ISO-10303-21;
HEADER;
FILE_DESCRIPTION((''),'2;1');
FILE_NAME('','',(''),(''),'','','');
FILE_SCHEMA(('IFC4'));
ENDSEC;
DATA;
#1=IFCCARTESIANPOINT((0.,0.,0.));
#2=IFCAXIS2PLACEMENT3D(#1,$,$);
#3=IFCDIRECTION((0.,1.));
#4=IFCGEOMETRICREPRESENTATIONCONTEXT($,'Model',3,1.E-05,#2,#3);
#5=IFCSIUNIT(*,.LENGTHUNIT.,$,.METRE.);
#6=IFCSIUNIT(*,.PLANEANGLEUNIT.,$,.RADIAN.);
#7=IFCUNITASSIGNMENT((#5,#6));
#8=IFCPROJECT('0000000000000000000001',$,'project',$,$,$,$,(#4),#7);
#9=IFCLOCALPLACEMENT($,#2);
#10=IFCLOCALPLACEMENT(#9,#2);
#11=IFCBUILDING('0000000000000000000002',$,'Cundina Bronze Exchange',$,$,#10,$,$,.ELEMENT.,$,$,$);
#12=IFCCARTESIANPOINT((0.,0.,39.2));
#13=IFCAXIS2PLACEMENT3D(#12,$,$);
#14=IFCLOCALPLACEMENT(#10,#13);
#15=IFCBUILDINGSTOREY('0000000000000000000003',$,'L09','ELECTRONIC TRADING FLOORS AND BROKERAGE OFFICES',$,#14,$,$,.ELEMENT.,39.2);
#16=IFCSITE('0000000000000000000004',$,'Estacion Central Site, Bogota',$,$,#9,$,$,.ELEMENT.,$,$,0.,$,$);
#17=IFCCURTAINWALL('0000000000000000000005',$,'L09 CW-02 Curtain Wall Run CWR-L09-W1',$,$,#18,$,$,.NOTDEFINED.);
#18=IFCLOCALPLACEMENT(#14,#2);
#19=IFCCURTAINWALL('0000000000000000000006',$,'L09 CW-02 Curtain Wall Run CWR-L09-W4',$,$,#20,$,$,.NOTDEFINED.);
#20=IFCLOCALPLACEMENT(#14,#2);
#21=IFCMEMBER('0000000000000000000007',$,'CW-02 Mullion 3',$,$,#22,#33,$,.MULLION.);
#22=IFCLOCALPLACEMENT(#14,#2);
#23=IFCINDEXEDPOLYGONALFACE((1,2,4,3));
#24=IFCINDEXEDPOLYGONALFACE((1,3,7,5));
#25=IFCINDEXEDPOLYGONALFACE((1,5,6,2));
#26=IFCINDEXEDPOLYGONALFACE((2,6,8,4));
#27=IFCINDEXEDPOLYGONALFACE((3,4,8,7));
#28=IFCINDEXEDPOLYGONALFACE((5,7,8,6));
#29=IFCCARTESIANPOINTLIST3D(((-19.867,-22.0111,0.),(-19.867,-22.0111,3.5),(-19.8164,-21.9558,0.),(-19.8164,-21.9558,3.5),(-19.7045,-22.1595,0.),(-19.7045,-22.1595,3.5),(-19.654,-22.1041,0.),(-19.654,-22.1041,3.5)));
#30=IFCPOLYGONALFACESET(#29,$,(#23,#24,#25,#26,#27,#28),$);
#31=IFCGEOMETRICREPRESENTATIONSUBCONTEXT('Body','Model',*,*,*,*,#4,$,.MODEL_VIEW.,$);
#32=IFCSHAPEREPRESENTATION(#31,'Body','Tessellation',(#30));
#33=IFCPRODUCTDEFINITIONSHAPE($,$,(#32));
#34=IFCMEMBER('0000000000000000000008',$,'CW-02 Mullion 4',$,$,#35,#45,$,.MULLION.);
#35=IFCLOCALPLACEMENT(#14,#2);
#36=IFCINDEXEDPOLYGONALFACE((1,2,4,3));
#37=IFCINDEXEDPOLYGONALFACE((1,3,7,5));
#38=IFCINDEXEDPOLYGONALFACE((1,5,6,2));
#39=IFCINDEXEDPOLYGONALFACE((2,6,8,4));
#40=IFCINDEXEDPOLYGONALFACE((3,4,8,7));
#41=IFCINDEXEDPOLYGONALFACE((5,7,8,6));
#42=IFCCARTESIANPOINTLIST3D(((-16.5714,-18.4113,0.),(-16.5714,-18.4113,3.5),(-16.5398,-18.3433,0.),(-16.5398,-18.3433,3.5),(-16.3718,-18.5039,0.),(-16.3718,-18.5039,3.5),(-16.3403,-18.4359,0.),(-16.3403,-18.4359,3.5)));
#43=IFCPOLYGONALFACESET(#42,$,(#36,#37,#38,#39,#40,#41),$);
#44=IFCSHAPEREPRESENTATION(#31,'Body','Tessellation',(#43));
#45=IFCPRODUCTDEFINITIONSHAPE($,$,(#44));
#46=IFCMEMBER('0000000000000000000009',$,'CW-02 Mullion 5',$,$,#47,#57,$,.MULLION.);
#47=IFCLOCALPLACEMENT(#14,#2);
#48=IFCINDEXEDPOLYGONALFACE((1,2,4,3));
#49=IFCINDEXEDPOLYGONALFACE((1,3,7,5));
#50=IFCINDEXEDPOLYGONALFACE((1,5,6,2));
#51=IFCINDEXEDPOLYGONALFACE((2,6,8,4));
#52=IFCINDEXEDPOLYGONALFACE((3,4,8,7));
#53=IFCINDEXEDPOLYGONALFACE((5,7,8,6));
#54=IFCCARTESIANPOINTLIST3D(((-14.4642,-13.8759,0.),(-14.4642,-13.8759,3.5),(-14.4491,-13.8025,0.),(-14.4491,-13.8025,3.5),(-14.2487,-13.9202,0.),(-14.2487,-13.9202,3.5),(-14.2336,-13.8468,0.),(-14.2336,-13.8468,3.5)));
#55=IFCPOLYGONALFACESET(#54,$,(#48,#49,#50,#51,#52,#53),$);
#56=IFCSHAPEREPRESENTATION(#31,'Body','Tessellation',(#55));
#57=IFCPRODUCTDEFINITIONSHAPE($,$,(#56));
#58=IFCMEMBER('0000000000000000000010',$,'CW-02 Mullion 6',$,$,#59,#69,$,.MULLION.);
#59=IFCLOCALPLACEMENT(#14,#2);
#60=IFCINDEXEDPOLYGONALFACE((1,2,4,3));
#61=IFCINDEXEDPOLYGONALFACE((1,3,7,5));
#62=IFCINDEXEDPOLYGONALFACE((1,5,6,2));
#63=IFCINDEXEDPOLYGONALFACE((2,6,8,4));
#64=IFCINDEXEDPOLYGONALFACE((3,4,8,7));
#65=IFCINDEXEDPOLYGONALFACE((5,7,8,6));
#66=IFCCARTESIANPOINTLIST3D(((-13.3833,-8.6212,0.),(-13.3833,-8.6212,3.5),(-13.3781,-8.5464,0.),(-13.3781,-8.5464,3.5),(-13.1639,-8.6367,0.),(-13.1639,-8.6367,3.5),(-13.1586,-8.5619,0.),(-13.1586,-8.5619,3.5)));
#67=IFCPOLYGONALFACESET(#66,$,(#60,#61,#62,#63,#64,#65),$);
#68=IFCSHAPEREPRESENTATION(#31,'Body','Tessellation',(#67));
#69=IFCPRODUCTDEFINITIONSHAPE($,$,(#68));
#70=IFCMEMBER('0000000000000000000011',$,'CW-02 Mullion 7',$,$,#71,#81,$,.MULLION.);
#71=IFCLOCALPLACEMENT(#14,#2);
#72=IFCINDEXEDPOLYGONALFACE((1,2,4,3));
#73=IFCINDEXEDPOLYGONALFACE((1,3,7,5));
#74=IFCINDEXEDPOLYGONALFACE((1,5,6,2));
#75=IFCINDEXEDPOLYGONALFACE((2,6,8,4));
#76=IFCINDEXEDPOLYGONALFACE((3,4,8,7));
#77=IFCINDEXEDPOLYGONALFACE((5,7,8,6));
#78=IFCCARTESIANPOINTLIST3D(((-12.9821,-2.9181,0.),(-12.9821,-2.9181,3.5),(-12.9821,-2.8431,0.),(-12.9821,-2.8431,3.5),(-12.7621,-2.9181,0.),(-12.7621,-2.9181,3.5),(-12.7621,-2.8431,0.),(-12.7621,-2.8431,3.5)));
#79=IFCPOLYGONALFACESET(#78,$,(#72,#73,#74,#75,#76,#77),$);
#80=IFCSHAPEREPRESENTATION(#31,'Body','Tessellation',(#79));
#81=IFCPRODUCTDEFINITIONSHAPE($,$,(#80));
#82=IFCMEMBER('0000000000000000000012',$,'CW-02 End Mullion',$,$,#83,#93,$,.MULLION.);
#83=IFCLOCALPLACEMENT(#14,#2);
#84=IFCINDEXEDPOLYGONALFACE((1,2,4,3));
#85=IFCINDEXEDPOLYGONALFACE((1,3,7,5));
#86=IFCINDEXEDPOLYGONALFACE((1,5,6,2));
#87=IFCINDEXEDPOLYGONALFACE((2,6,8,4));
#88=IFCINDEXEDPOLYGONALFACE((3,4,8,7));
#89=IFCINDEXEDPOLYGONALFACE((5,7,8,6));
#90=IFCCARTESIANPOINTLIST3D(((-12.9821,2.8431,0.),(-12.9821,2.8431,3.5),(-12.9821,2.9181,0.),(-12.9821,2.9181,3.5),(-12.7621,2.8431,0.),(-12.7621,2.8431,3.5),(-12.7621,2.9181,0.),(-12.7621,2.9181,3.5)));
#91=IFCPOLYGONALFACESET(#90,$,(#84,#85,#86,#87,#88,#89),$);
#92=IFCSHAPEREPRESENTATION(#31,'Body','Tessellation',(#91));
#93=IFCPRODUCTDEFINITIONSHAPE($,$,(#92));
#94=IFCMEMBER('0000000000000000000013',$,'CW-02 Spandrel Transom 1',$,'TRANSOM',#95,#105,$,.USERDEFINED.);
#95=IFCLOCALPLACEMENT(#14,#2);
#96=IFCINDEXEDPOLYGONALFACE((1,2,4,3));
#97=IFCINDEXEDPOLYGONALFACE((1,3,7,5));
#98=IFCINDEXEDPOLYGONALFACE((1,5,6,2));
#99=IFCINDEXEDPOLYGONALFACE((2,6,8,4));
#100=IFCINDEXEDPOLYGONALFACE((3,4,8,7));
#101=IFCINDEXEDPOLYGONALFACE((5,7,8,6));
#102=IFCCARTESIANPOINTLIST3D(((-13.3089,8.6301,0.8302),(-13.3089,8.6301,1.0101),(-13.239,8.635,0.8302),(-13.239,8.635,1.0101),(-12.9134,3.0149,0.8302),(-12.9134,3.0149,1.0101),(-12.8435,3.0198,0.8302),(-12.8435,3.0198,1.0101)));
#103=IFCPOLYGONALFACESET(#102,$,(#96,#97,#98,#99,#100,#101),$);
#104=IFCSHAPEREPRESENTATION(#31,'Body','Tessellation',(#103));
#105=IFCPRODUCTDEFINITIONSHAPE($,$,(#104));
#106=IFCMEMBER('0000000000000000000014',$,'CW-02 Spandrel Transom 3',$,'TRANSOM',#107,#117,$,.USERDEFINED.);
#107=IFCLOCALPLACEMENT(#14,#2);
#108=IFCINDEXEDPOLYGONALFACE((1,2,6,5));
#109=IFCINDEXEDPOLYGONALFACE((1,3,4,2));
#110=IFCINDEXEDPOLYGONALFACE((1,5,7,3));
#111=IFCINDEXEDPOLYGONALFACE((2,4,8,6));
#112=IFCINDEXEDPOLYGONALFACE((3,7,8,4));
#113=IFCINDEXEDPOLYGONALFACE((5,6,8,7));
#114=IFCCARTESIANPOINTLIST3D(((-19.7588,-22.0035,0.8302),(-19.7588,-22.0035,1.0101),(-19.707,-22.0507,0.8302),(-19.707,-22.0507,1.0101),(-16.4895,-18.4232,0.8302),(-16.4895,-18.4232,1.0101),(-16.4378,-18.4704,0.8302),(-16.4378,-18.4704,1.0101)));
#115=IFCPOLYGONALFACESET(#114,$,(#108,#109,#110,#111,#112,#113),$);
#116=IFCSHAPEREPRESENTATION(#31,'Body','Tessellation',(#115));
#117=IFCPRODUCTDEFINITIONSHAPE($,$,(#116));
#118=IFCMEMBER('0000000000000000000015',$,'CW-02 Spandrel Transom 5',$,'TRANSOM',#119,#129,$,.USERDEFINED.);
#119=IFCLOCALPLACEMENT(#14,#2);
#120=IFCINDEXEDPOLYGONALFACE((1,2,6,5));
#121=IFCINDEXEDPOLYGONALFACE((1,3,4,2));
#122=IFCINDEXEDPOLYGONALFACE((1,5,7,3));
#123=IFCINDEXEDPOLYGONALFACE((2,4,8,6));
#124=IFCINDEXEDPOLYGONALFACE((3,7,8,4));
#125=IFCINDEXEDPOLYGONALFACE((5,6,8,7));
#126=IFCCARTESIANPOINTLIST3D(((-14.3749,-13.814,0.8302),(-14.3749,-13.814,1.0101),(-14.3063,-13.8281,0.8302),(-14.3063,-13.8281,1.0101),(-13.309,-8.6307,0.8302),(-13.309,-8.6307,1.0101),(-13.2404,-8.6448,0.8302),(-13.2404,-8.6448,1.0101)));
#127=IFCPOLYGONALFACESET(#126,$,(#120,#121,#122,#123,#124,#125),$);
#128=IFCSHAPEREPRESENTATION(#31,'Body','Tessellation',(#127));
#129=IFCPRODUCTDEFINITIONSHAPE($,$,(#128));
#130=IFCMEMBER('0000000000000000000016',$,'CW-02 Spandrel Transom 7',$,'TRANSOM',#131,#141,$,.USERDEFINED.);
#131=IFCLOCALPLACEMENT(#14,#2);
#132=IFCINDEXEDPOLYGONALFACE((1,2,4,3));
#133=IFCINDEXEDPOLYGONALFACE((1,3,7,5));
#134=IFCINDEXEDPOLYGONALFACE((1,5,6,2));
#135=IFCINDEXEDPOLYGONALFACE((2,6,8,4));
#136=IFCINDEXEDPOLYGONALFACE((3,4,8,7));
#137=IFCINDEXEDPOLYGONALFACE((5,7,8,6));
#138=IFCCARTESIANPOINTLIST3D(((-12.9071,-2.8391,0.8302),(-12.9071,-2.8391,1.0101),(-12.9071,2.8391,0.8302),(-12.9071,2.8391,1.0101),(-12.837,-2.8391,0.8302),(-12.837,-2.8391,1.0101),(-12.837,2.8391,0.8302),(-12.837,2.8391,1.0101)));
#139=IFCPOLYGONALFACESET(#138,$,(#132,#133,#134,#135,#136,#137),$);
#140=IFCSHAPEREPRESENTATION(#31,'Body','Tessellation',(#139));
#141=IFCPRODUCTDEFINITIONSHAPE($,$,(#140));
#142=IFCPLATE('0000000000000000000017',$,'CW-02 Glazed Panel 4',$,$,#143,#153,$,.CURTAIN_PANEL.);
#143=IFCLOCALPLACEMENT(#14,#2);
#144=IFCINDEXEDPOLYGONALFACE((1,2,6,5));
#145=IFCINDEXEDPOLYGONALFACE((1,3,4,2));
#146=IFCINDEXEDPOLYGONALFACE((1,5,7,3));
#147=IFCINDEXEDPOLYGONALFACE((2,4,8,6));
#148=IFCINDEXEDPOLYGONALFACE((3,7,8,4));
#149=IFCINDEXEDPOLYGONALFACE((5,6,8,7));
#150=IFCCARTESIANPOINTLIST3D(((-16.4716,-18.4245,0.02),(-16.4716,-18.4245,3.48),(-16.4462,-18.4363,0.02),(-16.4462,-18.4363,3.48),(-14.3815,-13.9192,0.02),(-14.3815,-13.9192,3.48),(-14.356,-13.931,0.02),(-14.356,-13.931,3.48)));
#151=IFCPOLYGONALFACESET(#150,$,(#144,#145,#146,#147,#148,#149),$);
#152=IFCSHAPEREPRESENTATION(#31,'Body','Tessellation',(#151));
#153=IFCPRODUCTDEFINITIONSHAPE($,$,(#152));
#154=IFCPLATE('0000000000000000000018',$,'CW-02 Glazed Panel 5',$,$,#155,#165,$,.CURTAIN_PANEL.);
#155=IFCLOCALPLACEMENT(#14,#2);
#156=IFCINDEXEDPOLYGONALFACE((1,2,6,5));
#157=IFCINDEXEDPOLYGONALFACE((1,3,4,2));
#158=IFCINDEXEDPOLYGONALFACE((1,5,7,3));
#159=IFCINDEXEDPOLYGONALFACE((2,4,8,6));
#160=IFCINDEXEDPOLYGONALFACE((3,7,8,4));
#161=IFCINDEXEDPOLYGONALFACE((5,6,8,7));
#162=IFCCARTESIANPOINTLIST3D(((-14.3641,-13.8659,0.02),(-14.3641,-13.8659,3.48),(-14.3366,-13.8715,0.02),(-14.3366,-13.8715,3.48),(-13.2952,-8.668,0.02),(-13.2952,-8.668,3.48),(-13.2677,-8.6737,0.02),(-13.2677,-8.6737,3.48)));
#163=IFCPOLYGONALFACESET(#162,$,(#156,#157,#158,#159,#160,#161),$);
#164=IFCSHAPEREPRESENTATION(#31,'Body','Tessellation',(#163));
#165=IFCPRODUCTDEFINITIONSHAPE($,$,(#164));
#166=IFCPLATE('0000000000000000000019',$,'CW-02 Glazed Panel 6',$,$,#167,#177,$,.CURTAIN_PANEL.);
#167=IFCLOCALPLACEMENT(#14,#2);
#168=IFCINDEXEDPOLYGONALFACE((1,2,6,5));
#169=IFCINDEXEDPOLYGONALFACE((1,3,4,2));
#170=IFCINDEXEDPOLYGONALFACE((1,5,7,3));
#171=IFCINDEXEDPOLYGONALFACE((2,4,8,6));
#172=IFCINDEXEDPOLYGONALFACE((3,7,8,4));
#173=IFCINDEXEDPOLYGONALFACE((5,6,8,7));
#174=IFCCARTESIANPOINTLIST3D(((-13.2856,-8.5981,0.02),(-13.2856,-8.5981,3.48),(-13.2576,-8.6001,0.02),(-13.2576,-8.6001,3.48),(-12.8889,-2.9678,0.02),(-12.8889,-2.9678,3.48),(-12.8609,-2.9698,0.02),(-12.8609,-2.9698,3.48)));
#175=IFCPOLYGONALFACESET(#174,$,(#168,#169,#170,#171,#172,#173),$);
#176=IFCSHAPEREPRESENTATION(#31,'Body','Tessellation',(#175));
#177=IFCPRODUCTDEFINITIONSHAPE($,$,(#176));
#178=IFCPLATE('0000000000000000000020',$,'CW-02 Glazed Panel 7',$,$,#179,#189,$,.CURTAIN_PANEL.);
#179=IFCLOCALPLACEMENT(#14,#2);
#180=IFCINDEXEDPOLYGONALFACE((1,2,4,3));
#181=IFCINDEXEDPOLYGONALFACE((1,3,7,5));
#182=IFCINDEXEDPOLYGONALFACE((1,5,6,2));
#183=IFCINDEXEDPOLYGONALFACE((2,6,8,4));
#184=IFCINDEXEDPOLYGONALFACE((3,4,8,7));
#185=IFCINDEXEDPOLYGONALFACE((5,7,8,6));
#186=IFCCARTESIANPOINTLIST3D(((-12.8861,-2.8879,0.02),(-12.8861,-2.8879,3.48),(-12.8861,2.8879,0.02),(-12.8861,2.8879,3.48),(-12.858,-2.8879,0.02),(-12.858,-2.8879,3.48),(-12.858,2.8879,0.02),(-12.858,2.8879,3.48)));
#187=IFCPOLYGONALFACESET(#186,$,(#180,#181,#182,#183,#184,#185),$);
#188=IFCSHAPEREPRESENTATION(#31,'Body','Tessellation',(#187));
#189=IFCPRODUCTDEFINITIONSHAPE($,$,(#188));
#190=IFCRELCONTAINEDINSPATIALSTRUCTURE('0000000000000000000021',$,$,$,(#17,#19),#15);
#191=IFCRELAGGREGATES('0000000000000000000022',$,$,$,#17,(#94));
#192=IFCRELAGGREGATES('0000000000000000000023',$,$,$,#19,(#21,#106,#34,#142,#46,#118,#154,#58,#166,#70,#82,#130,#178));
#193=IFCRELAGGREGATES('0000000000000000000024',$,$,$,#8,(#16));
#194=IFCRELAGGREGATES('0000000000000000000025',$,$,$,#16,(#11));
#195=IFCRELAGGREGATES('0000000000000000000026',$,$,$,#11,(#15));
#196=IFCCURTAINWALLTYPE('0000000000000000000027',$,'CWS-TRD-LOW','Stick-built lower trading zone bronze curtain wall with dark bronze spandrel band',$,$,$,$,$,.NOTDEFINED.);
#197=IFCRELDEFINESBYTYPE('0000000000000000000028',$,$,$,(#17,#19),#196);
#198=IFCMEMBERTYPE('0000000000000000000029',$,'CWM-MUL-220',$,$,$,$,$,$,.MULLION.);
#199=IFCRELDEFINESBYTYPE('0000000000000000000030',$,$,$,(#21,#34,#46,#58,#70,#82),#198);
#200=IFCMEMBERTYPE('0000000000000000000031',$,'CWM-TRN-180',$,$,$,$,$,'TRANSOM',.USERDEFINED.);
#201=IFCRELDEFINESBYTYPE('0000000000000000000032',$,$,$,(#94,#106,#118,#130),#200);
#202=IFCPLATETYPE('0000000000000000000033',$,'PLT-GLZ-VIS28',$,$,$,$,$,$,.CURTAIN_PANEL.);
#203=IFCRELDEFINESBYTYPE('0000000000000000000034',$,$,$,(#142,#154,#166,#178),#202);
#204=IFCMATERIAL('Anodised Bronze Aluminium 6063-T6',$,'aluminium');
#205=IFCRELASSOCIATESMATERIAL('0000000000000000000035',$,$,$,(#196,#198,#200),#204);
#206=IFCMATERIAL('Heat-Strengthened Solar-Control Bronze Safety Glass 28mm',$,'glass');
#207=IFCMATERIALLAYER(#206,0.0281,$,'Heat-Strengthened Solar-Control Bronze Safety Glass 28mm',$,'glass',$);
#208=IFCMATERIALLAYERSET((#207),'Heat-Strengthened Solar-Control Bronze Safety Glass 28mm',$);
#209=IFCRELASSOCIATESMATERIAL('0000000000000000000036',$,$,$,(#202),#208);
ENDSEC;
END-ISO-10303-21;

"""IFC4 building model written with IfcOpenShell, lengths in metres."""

from ifc_helpers import new_model, si_unit, direction, frame, origin, origin_2d, place, context, subcontext, project, spatial, rectangle, extrude, material, layer, layer_set, material_profile, profile_set, type_object, element, aggregate, save


model = new_model("IFC4")

# Units and contexts
model_context = context("Model", 3, precision=1e-05, world=origin(), true_north=direction((0.0, 1.0)))
body_context = subcontext(model_context, "Body", "Model", "MODEL_VIEW")
ifc_project = project(units=[si_unit("LENGTHUNIT", "METRE"), si_unit("PLANEANGLEUNIT", "RADIAN")], contexts=[model_context])

# Site, building, storey
site_placement = place(None, origin())
site = spatial("IfcSite", under=ifc_project, at=site_placement, Name="Estacion Central Site, Bogota", CompositionType="ELEMENT", RefElevation=0.0)
building_placement = place(site_placement, origin())
building = spatial("IfcBuilding", under=site, at=building_placement, Name="Cundina Bronze Exchange", CompositionType="ELEMENT")
storey_placement = place(building_placement, frame((0.0, 0.0, 39.2)))
storey = spatial("IfcBuildingStorey", under=building, at=storey_placement, Name="L09", Description="ELECTRONIC TRADING FLOORS AND BROKERAGE OFFICES", CompositionType="ELEMENT", Elevation=39.2)

# Curtain wall
ifc_material_1 = material(Name="Anodised Bronze Aluminium 6063-T6", Category="aluminium")
curtain_wall_type = type_object("IfcCurtainWallType", Name="CWS-TRD-LOW", Description="Stick-built lower trading zone bronze curtain wall with dark bronze spandrel band", PredefinedType="NOTDEFINED", material=ifc_material_1)
curtain_wall_1_placement = place(storey_placement, origin())
curtain_wall_1 = element("IfcCurtainWall", 1, at=curtain_wall_1_placement, inside=storey, type_object=curtain_wall_type, Name="L09 CW-02 Curtain Wall Run CWR-L09-W1", PredefinedType="NOTDEFINED")
ifc_material_profile_1 = material_profile(ifc_material_1, rectangle(XDim=0.075, YDim=0.22, at=origin_2d()), Name="AL75X220", Category="aluminium")
ifc_profile_set_1 = profile_set([ifc_material_profile_1], Name="Anodised Bronze Aluminium 6063-T6")
member_type_1 = type_object("IfcMemberType", Name="CWM-MUL-220", PredefinedType="MULLION", material=ifc_profile_set_1)

# Curtain wall, members
curtain_wall_2_placement = place(storey_placement, origin())
curtain_wall_2 = element("IfcCurtainWall", 2, at=curtain_wall_2_placement, inside=storey, type_object=curtain_wall_type, Name="L09 CW-02 Curtain Wall Run CWR-L09-W4", PredefinedType="NOTDEFINED")
member_1_placement = place(storey_placement, frame((-19.7605, -22.0576, 0.0), z_axis=(0.0, 0.0, 1.0), x_axis=(0.674302, 0.738455, 0.0)))
member_1 = element("IfcMember", 3, at=member_1_placement, type_object=member_type_1, Name="CW-02 Mullion 3", PredefinedType="MULLION", context=body_context, shape_type="SweptSolid", body=[
    extrude(rectangle(XDim=0.075, YDim=0.22, at=origin_2d()), origin(), (0.0, 0.0, 1.0), 3.5),
])
member_2_placement = place(storey_placement, frame((-16.4558, -18.4236, 0.0), z_axis=(0.0, 0.0, 1.0), x_axis=(0.420877, 0.907117, 0.0)))
member_2 = element("IfcMember", 4, at=member_2_placement, type_object=member_type_1, Name="CW-02 Mullion 4", PredefinedType="MULLION", context=body_context, shape_type="SweptSolid", body=[
    extrude(rectangle(XDim=0.075, YDim=0.22, at=origin_2d()), origin(), (0.0, 0.0, 1.0), 3.5),
])
member_3_placement = place(storey_placement, frame((-14.3489, -13.8613, 0.0), z_axis=(0.0, 0.0, 1.0), x_axis=(0.20142, 0.979505, 0.0)))
member_3 = element("IfcMember", 5, at=member_3_placement, type_object=member_type_1, Name="CW-02 Mullion 5", PredefinedType="MULLION", context=body_context, shape_type="SweptSolid", body=[
    extrude(rectangle(XDim=0.075, YDim=0.22, at=origin_2d()), origin(), (0.0, 0.0, 1.0), 3.5),
])
member_4_placement = place(storey_placement, frame((-13.271, -8.5916, 0.0), z_axis=(0.0, 0.0, 1.0), x_axis=(0.070279, 0.997527, 0.0)))
member_4 = element("IfcMember", 6, at=member_4_placement, type_object=member_type_1, Name="CW-02 Mullion 6", PredefinedType="MULLION", context=body_context, shape_type="SweptSolid", body=[
    extrude(rectangle(XDim=0.075, YDim=0.22, at=origin_2d()), origin(), (0.0, 0.0, 1.0), 3.5),
])
member_5_placement = place(storey_placement, frame((-12.8721, -2.8806, 0.0), z_axis=(0.0, 0.0, 1.0), x_axis=(0.0, 1.0, 0.0)))
member_5 = element("IfcMember", 7, at=member_5_placement, type_object=member_type_1, Name="CW-02 Mullion 7", PredefinedType="MULLION", context=body_context, shape_type="SweptSolid", body=[
    extrude(rectangle(XDim=0.075, YDim=0.22, at=origin_2d()), origin(), (0.0, 0.0, 1.0), 3.5),
])
member_6_placement = place(storey_placement, frame((-12.8721, 2.8806, 0.0), z_axis=(0.0, 0.0, 1.0), x_axis=(0.0, 1.0, 0.0)))
member_6 = element("IfcMember", 8, at=member_6_placement, type_object=member_type_1, Name="CW-02 End Mullion", PredefinedType="MULLION", context=body_context, shape_type="SweptSolid", body=[
    extrude(rectangle(XDim=0.075, YDim=0.22, at=origin_2d()), origin(), (0.0, 0.0, 1.0), 3.5),
])

# Members
ifc_material_profile_2 = material_profile(ifc_material_1, rectangle(XDim=0.0701, YDim=0.1799, at=origin_2d()), Name="AL70X180", Category="aluminium")
ifc_profile_set_2 = profile_set([ifc_material_profile_2], Name="Anodised Bronze Aluminium 6063-T6")
member_type_2 = type_object("IfcMemberType", Name="CWM-TRN-180", ElementType="TRANSOM", PredefinedType="USERDEFINED", material=ifc_profile_set_2)
member_7_placement = place(storey_placement, frame((-12.8784, 3.0173, 0.9202), z_axis=(-0.070261, 0.997529, 0.0), x_axis=(-0.997529, -0.070261, 0.0)))
member_7 = element("IfcMember", 9, at=member_7_placement, type_object=member_type_2, Name="CW-02 Spandrel Transom 1", ObjectType="TRANSOM", PredefinedType="USERDEFINED", context=body_context, shape_type="SweptSolid", body=[
    extrude(rectangle(XDim=0.0701, YDim=0.1799, at=origin_2d()), origin(), (0.0, 0.0, 1.0), 5.6292),
])
aggregate(curtain_wall_1, [member_7])
member_8_placement = place(storey_placement, frame((-19.7329, -22.0271, 0.9202), z_axis=(0.674303, 0.738455, 0.0), x_axis=(-0.738455, 0.674303, 0.0)))
member_8 = element("IfcMember", 10, at=member_8_placement, type_object=member_type_2, Name="CW-02 Spandrel Transom 3", ObjectType="TRANSOM", PredefinedType="USERDEFINED", context=body_context, shape_type="SweptSolid", body=[
    extrude(rectangle(XDim=0.0701, YDim=0.1799, at=origin_2d()), origin(), (0.0, 0.0, 1.0), 4.8484),
])
member_9_placement = place(storey_placement, frame((-14.3406, -13.821, 0.9202), z_axis=(0.201428, 0.979503, 0.0), x_axis=(-0.979503, 0.201428, 0.0)))
member_9 = element("IfcMember", 11, at=member_9_placement, type_object=member_type_2, Name="CW-02 Spandrel Transom 5", ObjectType="TRANSOM", PredefinedType="USERDEFINED", context=body_context, shape_type="SweptSolid", body=[
    extrude(rectangle(XDim=0.0701, YDim=0.1799, at=origin_2d()), origin(), (0.0, 0.0, 1.0), 5.2917),
])
member_10_placement = place(storey_placement, frame((-12.8721, -2.8391, 0.9202), z_axis=(0.0, 1.0, 0.0), x_axis=(-1.0, 0.0, 0.0)))
member_10 = element("IfcMember", 12, at=member_10_placement, type_object=member_type_2, Name="CW-02 Spandrel Transom 7", ObjectType="TRANSOM", PredefinedType="USERDEFINED", context=body_context, shape_type="SweptSolid", body=[
    extrude(rectangle(XDim=0.0701, YDim=0.1799, at=origin_2d()), origin(), (0.0, 0.0, 1.0), 5.6782),
])

# Plates
ifc_material_2 = material(Name="Heat-Strengthened Solar-Control Bronze Safety Glass 28mm", Category="glass")
ifc_layer_1 = layer(ifc_material_2, 0.0281, Name="Heat-Strengthened Solar-Control Bronze Safety Glass 28mm", Category="glass")
ifc_layer_set_1 = layer_set([ifc_layer_1], Name="Heat-Strengthened Solar-Control Bronze Safety Glass 28mm")
plate_type_1 = type_object("IfcPlateType", Name="PLT-GLZ-VIS28", PredefinedType="CURTAIN_PANEL", material=ifc_layer_set_1)
plate_1_placement = place(storey_placement, frame((-15.4138, -16.1777, 0.02), z_axis=(0.0, 0.0, 1.0), x_axis=(0.420846, 0.907132, 0.0)))
plate_1 = element("IfcPlate", 13, at=plate_1_placement, type_object=plate_type_1, Name="CW-02 Glazed Panel 4", PredefinedType="CURTAIN_PANEL", context=body_context, shape_type="SweptSolid", body=[
    extrude(rectangle(XDim=4.9666, YDim=0.0281, at=origin_2d()), origin(), (0.0, 0.0, 1.0), 3.46),
])
plate_2_placement = place(storey_placement, frame((-13.8159, -11.2698, 0.02), z_axis=(0.0, 0.0, 1.0), x_axis=(0.20142, 0.979505, 0.0)))
plate_2 = element("IfcPlate", 14, at=plate_2_placement, type_object=plate_type_1, Name="CW-02 Glazed Panel 5", PredefinedType="CURTAIN_PANEL", context=body_context, shape_type="SweptSolid", body=[
    extrude(rectangle(XDim=5.3066, YDim=0.0281, at=origin_2d()), origin(), (0.0, 0.0, 1.0), 3.46),
])
plate_3_placement = place(storey_placement, frame((-13.0732, -5.7839, 0.02), z_axis=(0.0, 0.0, 1.0), x_axis=(0.070279, 0.997527, 0.0)))
plate_3 = element("IfcPlate", 15, at=plate_3_placement, type_object=plate_type_1, Name="CW-02 Glazed Panel 6", PredefinedType="CURTAIN_PANEL", context=body_context, shape_type="SweptSolid", body=[
    extrude(rectangle(XDim=5.6443, YDim=0.0281, at=origin_2d()), origin(), (0.0, 0.0, 1.0), 3.46),
])
plate_4_placement = place(storey_placement, frame((-12.8721, 0.0, 0.02), z_axis=(0.0, 0.0, 1.0), x_axis=(0.0, 1.0, 0.0)))
plate_4 = element("IfcPlate", 16, at=plate_4_placement, type_object=plate_type_1, Name="CW-02 Glazed Panel 7", PredefinedType="CURTAIN_PANEL", context=body_context, shape_type="SweptSolid", body=[
    extrude(rectangle(XDim=5.7759, YDim=0.0281, at=origin_2d()), origin(), (0.0, 0.0, 1.0), 3.46),
])
aggregate(curtain_wall_2, [member_1, member_8, member_2, plate_1, member_3, member_9, plate_2, member_4, plate_3, member_5, member_6, member_10, plate_4])

save(model, "model.ifc")
